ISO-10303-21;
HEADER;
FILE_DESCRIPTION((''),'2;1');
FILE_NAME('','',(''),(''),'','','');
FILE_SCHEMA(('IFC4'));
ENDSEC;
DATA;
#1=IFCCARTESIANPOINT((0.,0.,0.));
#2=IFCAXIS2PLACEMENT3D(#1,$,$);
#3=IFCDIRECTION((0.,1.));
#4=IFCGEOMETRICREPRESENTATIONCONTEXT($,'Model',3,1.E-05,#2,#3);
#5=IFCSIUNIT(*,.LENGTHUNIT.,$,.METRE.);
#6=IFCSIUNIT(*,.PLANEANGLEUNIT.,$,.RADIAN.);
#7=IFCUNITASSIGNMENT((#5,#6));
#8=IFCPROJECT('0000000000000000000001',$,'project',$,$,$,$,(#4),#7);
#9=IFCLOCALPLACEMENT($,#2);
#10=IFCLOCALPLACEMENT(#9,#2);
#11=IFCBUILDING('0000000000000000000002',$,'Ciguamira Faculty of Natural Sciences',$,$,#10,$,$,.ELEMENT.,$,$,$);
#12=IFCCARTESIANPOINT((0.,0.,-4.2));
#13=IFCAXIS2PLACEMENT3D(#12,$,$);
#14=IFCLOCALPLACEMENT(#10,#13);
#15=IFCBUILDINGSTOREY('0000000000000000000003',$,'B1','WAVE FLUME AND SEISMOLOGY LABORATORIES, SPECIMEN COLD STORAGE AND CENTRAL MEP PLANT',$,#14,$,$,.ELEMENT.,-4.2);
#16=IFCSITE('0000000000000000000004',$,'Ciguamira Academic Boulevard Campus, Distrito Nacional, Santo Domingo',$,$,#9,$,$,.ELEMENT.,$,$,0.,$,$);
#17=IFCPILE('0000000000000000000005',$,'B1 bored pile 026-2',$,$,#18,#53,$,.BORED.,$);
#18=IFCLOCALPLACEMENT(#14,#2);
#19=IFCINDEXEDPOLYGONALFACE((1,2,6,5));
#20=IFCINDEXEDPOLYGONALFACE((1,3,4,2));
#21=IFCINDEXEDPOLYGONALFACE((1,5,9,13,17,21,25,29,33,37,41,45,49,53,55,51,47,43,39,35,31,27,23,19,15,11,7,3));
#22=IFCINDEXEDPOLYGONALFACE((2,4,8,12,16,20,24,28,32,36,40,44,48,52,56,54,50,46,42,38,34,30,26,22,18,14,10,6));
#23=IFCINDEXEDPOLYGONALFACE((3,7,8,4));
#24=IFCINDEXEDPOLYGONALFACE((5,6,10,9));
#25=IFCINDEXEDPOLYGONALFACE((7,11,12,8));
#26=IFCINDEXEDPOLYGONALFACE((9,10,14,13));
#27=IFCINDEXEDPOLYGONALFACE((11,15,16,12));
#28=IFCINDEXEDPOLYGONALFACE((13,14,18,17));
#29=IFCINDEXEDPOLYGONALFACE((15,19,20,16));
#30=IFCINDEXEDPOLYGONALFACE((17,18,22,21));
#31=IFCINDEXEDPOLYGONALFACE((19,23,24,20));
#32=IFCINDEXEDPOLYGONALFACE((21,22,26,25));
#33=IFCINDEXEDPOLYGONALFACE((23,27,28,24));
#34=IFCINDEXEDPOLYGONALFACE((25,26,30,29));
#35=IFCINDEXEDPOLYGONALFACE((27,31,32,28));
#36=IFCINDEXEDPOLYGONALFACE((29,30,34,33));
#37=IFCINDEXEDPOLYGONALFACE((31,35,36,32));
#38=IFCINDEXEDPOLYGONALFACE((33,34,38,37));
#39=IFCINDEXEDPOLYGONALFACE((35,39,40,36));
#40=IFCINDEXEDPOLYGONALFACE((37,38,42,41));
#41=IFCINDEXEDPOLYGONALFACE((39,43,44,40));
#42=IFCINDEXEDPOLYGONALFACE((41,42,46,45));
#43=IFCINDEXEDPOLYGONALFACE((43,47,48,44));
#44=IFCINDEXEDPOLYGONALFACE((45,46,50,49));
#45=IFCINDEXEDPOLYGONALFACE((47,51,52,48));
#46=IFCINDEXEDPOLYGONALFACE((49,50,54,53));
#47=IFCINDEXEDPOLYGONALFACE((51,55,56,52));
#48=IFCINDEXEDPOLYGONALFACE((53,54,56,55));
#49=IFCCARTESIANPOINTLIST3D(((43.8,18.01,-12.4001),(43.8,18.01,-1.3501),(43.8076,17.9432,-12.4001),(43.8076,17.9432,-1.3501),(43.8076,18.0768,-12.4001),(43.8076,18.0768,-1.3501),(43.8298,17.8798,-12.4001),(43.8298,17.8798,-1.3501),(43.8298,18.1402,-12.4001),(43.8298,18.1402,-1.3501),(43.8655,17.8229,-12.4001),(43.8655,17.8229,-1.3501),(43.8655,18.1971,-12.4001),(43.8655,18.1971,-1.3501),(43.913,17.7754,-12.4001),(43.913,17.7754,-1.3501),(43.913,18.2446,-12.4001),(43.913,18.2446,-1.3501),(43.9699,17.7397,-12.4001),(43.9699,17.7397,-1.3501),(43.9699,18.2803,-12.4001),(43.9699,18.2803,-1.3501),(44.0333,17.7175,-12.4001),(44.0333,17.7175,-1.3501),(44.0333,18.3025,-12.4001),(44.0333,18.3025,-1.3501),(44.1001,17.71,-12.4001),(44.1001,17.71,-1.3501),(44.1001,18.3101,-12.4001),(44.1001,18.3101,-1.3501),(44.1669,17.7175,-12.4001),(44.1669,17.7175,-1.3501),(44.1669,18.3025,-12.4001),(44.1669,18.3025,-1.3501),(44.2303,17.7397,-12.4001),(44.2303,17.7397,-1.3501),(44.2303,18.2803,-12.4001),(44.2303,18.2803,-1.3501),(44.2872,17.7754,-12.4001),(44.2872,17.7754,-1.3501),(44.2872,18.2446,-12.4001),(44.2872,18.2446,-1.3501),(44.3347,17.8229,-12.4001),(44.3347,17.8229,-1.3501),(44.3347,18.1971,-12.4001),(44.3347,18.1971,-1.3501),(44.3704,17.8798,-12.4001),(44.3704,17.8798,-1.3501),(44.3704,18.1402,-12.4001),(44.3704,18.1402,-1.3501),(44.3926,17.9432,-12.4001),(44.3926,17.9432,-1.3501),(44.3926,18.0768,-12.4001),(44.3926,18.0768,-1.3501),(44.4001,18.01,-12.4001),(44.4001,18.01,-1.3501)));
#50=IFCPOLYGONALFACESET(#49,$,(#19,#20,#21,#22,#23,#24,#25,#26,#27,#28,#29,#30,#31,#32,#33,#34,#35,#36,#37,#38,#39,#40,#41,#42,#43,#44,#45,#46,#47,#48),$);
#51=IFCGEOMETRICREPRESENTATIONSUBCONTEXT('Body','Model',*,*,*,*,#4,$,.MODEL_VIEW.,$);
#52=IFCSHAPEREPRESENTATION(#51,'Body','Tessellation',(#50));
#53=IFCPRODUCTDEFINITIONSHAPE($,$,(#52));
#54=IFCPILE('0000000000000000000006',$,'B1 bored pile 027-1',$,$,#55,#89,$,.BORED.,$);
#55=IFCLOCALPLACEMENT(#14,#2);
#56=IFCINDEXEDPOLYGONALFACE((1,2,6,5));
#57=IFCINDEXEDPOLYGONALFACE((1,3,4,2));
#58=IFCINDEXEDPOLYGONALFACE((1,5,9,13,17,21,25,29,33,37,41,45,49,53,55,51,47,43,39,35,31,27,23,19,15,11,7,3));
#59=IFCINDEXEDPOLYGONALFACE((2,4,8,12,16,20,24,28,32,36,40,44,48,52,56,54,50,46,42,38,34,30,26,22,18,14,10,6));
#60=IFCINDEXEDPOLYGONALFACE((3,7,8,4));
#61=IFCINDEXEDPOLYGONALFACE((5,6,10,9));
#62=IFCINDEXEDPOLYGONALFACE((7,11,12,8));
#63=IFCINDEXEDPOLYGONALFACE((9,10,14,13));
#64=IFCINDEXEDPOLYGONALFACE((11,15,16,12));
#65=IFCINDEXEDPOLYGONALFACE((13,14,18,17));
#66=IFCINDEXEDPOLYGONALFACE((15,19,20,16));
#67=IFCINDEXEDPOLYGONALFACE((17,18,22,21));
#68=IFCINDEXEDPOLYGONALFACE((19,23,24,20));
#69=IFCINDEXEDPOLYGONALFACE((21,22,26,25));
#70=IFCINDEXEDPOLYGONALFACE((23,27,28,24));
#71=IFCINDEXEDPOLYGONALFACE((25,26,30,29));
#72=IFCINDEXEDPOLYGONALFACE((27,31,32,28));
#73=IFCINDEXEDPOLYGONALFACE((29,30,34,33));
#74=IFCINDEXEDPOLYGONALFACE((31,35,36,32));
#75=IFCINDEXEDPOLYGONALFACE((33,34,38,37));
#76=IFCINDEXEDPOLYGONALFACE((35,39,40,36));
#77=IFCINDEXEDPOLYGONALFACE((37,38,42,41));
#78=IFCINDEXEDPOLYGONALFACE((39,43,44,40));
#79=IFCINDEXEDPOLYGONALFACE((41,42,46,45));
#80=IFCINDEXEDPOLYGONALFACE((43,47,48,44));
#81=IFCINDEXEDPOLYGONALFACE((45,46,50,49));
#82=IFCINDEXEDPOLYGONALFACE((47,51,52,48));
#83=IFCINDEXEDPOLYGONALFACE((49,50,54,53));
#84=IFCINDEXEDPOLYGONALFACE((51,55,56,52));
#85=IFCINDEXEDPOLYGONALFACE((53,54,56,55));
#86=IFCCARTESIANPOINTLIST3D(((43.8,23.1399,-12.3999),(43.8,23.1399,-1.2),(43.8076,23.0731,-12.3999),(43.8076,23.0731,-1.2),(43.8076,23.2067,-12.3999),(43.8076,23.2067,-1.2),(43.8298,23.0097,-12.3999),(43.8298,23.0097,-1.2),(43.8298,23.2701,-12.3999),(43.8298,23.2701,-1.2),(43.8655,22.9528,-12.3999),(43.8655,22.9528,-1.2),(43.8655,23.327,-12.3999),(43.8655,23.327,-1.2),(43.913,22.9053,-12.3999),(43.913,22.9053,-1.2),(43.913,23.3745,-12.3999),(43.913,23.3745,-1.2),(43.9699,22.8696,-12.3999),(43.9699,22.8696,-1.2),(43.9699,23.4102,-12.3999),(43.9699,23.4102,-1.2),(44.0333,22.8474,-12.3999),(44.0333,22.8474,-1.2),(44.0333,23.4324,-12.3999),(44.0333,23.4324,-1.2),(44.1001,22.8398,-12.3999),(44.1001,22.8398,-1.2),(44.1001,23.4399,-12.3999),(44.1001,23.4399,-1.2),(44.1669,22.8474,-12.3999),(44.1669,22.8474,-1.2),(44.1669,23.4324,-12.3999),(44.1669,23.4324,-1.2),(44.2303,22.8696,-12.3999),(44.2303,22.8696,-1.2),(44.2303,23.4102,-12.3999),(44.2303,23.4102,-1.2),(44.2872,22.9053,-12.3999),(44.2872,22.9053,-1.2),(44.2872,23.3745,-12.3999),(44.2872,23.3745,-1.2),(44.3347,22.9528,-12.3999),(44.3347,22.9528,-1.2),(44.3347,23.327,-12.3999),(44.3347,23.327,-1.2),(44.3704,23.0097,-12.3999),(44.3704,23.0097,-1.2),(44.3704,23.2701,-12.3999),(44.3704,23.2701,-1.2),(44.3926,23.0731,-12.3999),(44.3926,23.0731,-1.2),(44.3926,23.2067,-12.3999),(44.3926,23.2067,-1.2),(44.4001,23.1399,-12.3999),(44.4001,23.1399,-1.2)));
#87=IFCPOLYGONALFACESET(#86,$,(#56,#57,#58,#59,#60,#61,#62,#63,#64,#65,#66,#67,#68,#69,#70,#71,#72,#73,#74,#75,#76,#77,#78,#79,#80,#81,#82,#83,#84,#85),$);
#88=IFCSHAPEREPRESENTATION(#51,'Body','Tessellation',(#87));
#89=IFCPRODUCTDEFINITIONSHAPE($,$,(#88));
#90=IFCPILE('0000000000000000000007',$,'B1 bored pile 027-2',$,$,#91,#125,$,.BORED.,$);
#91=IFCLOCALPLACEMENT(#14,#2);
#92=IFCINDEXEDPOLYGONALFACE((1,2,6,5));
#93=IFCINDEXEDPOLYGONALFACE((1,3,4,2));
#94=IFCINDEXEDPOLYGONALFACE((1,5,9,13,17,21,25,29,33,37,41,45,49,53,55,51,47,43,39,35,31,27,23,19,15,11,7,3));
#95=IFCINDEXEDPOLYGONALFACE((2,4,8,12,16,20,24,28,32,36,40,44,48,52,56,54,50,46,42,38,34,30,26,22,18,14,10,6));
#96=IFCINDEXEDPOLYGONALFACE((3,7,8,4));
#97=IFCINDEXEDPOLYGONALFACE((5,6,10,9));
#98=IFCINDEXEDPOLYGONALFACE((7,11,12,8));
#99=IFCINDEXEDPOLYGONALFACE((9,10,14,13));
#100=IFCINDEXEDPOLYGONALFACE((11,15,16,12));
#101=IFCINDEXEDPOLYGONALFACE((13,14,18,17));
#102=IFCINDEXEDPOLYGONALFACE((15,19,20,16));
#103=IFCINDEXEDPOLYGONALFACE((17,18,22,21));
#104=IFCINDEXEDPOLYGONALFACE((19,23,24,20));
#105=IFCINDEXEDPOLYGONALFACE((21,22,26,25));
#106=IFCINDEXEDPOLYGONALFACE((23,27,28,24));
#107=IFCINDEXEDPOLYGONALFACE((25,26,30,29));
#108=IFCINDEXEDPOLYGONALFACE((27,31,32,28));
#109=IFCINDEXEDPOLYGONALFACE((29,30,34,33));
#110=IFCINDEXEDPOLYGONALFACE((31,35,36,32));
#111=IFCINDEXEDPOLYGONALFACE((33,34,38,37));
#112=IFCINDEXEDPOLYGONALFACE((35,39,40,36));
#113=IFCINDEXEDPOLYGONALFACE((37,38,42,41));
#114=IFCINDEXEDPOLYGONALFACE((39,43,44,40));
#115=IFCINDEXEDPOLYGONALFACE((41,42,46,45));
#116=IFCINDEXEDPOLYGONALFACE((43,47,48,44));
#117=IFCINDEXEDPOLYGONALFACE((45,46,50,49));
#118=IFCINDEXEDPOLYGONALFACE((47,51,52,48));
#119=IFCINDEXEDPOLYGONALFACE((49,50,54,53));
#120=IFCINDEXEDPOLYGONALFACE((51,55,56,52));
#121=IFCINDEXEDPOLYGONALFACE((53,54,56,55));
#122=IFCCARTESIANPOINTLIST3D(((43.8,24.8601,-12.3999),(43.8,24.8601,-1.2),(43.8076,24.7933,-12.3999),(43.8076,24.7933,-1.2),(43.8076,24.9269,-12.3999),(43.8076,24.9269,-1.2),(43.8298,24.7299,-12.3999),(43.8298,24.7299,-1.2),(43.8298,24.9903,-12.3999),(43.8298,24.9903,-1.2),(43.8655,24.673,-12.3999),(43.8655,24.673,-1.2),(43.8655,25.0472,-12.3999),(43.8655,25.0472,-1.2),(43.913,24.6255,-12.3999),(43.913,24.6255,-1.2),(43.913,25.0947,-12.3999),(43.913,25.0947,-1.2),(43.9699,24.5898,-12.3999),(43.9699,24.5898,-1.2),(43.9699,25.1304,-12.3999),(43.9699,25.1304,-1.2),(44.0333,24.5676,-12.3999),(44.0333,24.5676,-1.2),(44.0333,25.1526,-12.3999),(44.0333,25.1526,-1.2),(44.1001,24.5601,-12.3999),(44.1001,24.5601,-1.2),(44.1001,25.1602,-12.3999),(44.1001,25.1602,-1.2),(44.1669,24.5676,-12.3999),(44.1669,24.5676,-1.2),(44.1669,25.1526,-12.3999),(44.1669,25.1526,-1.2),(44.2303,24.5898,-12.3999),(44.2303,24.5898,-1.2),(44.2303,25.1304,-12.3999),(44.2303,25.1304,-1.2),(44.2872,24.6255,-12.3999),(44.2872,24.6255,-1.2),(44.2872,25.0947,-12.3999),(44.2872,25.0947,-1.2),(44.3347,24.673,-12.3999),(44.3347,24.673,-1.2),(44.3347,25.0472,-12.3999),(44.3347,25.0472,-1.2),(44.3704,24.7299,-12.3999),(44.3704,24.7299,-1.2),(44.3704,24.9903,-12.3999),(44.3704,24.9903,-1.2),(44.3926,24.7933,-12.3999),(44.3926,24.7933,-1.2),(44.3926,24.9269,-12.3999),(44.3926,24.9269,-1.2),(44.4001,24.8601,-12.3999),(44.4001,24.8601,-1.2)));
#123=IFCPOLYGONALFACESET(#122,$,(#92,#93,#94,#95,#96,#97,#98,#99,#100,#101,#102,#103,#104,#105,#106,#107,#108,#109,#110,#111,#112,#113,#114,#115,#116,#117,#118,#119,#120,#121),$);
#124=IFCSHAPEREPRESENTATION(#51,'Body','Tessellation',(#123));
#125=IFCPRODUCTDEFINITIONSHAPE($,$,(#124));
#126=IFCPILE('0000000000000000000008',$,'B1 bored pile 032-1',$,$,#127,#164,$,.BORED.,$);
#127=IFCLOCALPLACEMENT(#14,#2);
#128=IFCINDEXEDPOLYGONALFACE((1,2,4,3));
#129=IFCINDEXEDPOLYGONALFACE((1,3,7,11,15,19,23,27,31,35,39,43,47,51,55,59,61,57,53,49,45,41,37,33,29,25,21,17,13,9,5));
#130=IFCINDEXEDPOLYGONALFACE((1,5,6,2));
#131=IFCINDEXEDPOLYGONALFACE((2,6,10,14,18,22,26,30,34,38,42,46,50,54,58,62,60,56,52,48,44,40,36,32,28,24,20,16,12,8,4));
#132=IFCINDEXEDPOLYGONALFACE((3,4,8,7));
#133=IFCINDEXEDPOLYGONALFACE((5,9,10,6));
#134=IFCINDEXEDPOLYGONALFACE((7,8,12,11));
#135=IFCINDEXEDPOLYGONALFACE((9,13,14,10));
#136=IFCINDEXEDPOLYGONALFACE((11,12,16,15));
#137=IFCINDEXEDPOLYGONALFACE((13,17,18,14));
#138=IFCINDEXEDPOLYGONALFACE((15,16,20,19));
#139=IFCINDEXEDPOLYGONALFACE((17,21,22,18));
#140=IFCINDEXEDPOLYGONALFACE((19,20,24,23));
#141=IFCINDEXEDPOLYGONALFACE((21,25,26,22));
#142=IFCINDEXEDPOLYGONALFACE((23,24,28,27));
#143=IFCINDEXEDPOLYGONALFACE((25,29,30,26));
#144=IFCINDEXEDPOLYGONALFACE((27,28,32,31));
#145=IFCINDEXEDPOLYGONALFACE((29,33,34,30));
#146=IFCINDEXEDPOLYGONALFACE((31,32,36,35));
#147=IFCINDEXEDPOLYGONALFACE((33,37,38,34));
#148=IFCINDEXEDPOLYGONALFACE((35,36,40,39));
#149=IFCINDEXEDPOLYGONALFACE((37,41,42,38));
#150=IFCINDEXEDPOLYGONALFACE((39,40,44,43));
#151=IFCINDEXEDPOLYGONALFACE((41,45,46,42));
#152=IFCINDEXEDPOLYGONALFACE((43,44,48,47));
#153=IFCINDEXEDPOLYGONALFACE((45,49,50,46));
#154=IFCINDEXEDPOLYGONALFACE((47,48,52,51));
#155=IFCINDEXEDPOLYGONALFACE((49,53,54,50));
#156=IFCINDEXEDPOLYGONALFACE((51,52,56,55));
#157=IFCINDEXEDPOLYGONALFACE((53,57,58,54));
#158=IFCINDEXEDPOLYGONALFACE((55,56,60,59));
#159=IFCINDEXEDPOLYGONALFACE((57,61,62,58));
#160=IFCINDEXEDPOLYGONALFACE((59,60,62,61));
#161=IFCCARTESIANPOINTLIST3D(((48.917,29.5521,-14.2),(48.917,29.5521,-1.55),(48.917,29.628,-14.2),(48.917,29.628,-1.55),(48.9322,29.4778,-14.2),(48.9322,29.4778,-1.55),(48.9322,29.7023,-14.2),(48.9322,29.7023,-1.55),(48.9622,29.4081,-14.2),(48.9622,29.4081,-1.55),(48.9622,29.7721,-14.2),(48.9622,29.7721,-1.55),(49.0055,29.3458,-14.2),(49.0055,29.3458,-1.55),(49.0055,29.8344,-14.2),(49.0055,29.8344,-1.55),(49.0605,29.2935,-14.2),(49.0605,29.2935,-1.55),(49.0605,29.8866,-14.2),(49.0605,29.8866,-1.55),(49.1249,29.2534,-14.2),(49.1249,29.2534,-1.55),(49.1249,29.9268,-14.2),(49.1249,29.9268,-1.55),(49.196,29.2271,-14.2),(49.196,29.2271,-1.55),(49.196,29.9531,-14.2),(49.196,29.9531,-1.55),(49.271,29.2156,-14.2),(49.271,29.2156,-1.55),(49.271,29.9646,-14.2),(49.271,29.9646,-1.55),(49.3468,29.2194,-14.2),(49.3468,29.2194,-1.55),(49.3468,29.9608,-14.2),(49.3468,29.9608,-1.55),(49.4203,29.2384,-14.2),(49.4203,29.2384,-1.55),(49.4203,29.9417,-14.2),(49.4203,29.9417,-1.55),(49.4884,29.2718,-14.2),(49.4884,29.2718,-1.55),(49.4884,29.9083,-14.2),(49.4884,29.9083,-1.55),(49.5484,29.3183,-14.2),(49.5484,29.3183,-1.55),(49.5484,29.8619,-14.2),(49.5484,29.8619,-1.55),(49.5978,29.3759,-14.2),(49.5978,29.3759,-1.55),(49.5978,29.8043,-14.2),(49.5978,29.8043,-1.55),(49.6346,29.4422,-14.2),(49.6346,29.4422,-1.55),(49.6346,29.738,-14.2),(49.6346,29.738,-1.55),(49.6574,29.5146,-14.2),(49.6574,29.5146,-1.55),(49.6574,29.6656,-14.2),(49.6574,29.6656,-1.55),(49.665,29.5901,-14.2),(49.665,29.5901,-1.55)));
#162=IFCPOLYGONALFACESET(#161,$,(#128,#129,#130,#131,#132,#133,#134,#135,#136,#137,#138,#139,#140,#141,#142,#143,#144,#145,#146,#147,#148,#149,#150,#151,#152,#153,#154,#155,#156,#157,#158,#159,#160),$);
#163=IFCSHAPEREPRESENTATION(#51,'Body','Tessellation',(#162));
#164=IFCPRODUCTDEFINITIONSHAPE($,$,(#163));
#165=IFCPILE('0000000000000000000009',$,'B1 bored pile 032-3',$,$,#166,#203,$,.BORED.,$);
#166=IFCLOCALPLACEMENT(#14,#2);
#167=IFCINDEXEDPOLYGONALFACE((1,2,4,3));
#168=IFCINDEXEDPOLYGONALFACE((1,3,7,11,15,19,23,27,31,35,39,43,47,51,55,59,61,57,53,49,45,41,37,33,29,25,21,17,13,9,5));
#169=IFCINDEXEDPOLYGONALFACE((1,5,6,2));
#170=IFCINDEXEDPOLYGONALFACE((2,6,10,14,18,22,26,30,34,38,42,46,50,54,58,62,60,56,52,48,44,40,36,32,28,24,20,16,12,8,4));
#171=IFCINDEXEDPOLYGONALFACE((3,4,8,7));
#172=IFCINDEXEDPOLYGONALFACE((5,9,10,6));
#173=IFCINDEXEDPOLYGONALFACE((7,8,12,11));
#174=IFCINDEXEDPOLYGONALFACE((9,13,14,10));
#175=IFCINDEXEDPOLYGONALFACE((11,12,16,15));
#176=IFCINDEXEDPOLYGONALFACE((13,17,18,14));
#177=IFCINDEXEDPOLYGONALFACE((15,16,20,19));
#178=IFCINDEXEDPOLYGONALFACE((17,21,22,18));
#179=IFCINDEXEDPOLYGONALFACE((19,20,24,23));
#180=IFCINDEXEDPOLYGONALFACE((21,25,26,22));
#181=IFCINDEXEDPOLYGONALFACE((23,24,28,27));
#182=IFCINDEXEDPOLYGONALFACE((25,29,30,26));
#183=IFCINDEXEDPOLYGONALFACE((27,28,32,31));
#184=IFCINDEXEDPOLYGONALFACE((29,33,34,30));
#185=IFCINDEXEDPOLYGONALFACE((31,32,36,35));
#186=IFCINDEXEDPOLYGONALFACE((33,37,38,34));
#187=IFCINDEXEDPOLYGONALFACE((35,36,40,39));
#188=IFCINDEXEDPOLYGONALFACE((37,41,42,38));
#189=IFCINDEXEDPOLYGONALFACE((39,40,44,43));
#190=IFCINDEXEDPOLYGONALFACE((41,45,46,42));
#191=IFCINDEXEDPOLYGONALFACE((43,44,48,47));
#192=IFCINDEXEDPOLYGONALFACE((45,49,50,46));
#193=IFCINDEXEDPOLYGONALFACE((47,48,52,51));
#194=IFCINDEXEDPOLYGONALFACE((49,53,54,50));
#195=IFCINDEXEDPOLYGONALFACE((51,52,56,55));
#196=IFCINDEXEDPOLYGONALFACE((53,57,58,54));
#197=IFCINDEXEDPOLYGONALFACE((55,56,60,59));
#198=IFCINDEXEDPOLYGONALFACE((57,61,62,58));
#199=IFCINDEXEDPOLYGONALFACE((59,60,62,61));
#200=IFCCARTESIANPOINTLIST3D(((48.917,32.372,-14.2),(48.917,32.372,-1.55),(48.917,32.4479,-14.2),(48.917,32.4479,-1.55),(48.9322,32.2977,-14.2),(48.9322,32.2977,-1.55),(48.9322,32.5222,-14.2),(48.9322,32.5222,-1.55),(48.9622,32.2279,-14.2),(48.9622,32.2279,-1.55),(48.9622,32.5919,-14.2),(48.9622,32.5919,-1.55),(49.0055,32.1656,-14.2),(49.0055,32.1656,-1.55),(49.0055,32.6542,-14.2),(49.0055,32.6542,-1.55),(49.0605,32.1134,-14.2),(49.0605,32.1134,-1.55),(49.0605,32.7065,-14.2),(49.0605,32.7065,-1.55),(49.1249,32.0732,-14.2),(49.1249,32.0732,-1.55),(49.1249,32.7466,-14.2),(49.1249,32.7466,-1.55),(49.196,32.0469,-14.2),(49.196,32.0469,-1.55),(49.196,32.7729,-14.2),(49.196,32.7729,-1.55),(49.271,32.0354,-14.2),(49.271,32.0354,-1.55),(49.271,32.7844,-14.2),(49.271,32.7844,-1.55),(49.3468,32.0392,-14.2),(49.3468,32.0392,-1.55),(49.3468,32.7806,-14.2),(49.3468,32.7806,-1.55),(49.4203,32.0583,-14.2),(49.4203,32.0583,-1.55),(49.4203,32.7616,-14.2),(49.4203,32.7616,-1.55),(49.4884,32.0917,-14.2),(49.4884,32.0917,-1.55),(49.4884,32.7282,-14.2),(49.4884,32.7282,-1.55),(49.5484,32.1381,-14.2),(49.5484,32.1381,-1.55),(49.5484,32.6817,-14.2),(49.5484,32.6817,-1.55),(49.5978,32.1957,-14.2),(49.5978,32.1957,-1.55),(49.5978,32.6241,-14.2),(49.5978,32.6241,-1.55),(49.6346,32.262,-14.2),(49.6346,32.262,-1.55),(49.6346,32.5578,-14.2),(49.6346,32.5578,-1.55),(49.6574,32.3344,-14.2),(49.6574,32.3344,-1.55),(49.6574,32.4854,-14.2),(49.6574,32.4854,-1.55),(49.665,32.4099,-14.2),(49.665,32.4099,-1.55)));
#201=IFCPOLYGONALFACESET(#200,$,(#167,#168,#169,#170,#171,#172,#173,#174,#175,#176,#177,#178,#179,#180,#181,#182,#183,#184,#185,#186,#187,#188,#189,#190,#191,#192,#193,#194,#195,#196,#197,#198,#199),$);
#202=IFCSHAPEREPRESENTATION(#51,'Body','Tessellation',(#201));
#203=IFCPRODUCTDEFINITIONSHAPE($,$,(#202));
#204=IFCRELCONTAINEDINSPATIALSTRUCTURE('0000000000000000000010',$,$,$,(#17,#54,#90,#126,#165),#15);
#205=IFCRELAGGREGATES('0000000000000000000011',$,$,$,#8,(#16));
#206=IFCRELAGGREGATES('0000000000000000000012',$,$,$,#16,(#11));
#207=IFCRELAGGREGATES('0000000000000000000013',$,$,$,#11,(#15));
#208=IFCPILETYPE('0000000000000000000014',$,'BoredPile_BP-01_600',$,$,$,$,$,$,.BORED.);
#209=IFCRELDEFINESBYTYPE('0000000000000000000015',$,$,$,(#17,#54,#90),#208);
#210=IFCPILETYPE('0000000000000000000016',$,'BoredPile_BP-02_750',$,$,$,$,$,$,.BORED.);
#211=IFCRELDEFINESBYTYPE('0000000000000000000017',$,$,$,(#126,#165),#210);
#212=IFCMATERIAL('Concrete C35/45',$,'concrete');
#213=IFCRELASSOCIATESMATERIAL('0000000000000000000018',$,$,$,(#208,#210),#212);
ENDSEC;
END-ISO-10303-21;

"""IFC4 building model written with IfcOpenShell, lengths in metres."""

from ifc_helpers import new_model, si_unit, direction, frame, origin, origin_2d, place, context, subcontext, project, spatial, circle, extrude, material, material_profile, profile_set, type_object, element, save


model = new_model("IFC4")

# Units and contexts
model_context = context("Model", 3, precision=1e-05, world=origin(), true_north=direction((0.0, 1.0)))
body_context = subcontext(model_context, "Body", "Model", "MODEL_VIEW")
ifc_project = project(units=[si_unit("LENGTHUNIT", "METRE"), si_unit("PLANEANGLEUNIT", "RADIAN")], contexts=[model_context])

# Site, building, storey
site_placement = place(None, origin())
site = spatial("IfcSite", under=ifc_project, at=site_placement, Name="Ciguamira Academic Boulevard Campus, Distrito Nacional, Santo Domingo", CompositionType="ELEMENT", RefElevation=0.0)
building_placement = place(site_placement, origin())
building = spatial("IfcBuilding", under=site, at=building_placement, Name="Ciguamira Faculty of Natural Sciences", CompositionType="ELEMENT")
storey_placement = place(building_placement, frame((0.0, 0.0, -4.2)))
storey = spatial("IfcBuildingStorey", under=building, at=storey_placement, Name="B1", Description="WAVE FLUME AND SEISMOLOGY LABORATORIES, SPECIMEN COLD STORAGE AND CENTRAL MEP PLANT", CompositionType="ELEMENT", Elevation=-4.2)

# Piles
ifc_material_1 = material(Name="Concrete C35/45", Category="concrete")
ifc_material_profile_1 = material_profile(ifc_material_1, circle(Radius=0.3, at=origin_2d()), Name="PILE-BORED-600")
ifc_profile_set_1 = profile_set([ifc_material_profile_1], Name="Concrete C35/45")
pile_type_1 = type_object("IfcPileType", Name="BoredPile_BP-01_600", PredefinedType="BORED", material=ifc_profile_set_1)
for number, where, z_axis, x_axis, name in (
    (1, (44.1001, 18.01, -1.3501), (0.0, 0.0, -1.0), (1.0, 0.0, 0.0), "B1 bored pile 026-2"),
):
    element("IfcPile", number, at=place(storey_placement, frame(where, z_axis=z_axis, x_axis=x_axis)), inside=storey, type_object=pile_type_1, Name=name, PredefinedType="BORED", context=body_context, shape_type="SweptSolid", body=[
        extrude(circle(Radius=0.3, at=origin_2d()), origin(), (0.0, 0.0, 1.0), 11.05),
    ])
for number, where, z_axis, x_axis, name in (
    (2, (44.1001, 23.1399, -1.2), (0.0, 0.0, -1.0), (1.0, 0.0, 0.0), "B1 bored pile 027-1"),
    (3, (44.1001, 24.8601, -1.2), (0.0, 0.0, -1.0), (1.0, 0.0, 0.0), "B1 bored pile 027-2"),
):
    element("IfcPile", number, at=place(storey_placement, frame(where, z_axis=z_axis, x_axis=x_axis)), inside=storey, type_object=pile_type_1, Name=name, PredefinedType="BORED", context=body_context, shape_type="SweptSolid", body=[
        extrude(circle(Radius=0.3, at=origin_2d()), origin(), (0.0, 0.0, 1.0), 11.2),
    ])
ifc_material_profile_2 = material_profile(ifc_material_1, circle(Radius=0.375, at=origin_2d()), Name="PILE-BORED-750")
ifc_profile_set_2 = profile_set([ifc_material_profile_2], Name="Concrete C35/45")
pile_type_2 = type_object("IfcPileType", Name="BoredPile_BP-02_750", PredefinedType="BORED", material=ifc_profile_set_2)
for number, where, z_axis, x_axis, name in (
    (4, (49.29, 29.5901, -1.55), (0.0, 0.0, -1.0), (1.0, 0.0, 0.0), "B1 bored pile 032-1"),
    (5, (49.29, 32.4099, -1.55), (0.0, 0.0, -1.0), (1.0, 0.0, 0.0), "B1 bored pile 032-3"),
):
    element("IfcPile", number, at=place(storey_placement, frame(where, z_axis=z_axis, x_axis=x_axis)), inside=storey, type_object=pile_type_2, Name=name, PredefinedType="BORED", context=body_context, shape_type="SweptSolid", body=[
        extrude(circle(Radius=0.375, at=origin_2d()), origin(), (0.0, 0.0, 1.0), 12.6499),
    ])

save(model, "model.ifc")
